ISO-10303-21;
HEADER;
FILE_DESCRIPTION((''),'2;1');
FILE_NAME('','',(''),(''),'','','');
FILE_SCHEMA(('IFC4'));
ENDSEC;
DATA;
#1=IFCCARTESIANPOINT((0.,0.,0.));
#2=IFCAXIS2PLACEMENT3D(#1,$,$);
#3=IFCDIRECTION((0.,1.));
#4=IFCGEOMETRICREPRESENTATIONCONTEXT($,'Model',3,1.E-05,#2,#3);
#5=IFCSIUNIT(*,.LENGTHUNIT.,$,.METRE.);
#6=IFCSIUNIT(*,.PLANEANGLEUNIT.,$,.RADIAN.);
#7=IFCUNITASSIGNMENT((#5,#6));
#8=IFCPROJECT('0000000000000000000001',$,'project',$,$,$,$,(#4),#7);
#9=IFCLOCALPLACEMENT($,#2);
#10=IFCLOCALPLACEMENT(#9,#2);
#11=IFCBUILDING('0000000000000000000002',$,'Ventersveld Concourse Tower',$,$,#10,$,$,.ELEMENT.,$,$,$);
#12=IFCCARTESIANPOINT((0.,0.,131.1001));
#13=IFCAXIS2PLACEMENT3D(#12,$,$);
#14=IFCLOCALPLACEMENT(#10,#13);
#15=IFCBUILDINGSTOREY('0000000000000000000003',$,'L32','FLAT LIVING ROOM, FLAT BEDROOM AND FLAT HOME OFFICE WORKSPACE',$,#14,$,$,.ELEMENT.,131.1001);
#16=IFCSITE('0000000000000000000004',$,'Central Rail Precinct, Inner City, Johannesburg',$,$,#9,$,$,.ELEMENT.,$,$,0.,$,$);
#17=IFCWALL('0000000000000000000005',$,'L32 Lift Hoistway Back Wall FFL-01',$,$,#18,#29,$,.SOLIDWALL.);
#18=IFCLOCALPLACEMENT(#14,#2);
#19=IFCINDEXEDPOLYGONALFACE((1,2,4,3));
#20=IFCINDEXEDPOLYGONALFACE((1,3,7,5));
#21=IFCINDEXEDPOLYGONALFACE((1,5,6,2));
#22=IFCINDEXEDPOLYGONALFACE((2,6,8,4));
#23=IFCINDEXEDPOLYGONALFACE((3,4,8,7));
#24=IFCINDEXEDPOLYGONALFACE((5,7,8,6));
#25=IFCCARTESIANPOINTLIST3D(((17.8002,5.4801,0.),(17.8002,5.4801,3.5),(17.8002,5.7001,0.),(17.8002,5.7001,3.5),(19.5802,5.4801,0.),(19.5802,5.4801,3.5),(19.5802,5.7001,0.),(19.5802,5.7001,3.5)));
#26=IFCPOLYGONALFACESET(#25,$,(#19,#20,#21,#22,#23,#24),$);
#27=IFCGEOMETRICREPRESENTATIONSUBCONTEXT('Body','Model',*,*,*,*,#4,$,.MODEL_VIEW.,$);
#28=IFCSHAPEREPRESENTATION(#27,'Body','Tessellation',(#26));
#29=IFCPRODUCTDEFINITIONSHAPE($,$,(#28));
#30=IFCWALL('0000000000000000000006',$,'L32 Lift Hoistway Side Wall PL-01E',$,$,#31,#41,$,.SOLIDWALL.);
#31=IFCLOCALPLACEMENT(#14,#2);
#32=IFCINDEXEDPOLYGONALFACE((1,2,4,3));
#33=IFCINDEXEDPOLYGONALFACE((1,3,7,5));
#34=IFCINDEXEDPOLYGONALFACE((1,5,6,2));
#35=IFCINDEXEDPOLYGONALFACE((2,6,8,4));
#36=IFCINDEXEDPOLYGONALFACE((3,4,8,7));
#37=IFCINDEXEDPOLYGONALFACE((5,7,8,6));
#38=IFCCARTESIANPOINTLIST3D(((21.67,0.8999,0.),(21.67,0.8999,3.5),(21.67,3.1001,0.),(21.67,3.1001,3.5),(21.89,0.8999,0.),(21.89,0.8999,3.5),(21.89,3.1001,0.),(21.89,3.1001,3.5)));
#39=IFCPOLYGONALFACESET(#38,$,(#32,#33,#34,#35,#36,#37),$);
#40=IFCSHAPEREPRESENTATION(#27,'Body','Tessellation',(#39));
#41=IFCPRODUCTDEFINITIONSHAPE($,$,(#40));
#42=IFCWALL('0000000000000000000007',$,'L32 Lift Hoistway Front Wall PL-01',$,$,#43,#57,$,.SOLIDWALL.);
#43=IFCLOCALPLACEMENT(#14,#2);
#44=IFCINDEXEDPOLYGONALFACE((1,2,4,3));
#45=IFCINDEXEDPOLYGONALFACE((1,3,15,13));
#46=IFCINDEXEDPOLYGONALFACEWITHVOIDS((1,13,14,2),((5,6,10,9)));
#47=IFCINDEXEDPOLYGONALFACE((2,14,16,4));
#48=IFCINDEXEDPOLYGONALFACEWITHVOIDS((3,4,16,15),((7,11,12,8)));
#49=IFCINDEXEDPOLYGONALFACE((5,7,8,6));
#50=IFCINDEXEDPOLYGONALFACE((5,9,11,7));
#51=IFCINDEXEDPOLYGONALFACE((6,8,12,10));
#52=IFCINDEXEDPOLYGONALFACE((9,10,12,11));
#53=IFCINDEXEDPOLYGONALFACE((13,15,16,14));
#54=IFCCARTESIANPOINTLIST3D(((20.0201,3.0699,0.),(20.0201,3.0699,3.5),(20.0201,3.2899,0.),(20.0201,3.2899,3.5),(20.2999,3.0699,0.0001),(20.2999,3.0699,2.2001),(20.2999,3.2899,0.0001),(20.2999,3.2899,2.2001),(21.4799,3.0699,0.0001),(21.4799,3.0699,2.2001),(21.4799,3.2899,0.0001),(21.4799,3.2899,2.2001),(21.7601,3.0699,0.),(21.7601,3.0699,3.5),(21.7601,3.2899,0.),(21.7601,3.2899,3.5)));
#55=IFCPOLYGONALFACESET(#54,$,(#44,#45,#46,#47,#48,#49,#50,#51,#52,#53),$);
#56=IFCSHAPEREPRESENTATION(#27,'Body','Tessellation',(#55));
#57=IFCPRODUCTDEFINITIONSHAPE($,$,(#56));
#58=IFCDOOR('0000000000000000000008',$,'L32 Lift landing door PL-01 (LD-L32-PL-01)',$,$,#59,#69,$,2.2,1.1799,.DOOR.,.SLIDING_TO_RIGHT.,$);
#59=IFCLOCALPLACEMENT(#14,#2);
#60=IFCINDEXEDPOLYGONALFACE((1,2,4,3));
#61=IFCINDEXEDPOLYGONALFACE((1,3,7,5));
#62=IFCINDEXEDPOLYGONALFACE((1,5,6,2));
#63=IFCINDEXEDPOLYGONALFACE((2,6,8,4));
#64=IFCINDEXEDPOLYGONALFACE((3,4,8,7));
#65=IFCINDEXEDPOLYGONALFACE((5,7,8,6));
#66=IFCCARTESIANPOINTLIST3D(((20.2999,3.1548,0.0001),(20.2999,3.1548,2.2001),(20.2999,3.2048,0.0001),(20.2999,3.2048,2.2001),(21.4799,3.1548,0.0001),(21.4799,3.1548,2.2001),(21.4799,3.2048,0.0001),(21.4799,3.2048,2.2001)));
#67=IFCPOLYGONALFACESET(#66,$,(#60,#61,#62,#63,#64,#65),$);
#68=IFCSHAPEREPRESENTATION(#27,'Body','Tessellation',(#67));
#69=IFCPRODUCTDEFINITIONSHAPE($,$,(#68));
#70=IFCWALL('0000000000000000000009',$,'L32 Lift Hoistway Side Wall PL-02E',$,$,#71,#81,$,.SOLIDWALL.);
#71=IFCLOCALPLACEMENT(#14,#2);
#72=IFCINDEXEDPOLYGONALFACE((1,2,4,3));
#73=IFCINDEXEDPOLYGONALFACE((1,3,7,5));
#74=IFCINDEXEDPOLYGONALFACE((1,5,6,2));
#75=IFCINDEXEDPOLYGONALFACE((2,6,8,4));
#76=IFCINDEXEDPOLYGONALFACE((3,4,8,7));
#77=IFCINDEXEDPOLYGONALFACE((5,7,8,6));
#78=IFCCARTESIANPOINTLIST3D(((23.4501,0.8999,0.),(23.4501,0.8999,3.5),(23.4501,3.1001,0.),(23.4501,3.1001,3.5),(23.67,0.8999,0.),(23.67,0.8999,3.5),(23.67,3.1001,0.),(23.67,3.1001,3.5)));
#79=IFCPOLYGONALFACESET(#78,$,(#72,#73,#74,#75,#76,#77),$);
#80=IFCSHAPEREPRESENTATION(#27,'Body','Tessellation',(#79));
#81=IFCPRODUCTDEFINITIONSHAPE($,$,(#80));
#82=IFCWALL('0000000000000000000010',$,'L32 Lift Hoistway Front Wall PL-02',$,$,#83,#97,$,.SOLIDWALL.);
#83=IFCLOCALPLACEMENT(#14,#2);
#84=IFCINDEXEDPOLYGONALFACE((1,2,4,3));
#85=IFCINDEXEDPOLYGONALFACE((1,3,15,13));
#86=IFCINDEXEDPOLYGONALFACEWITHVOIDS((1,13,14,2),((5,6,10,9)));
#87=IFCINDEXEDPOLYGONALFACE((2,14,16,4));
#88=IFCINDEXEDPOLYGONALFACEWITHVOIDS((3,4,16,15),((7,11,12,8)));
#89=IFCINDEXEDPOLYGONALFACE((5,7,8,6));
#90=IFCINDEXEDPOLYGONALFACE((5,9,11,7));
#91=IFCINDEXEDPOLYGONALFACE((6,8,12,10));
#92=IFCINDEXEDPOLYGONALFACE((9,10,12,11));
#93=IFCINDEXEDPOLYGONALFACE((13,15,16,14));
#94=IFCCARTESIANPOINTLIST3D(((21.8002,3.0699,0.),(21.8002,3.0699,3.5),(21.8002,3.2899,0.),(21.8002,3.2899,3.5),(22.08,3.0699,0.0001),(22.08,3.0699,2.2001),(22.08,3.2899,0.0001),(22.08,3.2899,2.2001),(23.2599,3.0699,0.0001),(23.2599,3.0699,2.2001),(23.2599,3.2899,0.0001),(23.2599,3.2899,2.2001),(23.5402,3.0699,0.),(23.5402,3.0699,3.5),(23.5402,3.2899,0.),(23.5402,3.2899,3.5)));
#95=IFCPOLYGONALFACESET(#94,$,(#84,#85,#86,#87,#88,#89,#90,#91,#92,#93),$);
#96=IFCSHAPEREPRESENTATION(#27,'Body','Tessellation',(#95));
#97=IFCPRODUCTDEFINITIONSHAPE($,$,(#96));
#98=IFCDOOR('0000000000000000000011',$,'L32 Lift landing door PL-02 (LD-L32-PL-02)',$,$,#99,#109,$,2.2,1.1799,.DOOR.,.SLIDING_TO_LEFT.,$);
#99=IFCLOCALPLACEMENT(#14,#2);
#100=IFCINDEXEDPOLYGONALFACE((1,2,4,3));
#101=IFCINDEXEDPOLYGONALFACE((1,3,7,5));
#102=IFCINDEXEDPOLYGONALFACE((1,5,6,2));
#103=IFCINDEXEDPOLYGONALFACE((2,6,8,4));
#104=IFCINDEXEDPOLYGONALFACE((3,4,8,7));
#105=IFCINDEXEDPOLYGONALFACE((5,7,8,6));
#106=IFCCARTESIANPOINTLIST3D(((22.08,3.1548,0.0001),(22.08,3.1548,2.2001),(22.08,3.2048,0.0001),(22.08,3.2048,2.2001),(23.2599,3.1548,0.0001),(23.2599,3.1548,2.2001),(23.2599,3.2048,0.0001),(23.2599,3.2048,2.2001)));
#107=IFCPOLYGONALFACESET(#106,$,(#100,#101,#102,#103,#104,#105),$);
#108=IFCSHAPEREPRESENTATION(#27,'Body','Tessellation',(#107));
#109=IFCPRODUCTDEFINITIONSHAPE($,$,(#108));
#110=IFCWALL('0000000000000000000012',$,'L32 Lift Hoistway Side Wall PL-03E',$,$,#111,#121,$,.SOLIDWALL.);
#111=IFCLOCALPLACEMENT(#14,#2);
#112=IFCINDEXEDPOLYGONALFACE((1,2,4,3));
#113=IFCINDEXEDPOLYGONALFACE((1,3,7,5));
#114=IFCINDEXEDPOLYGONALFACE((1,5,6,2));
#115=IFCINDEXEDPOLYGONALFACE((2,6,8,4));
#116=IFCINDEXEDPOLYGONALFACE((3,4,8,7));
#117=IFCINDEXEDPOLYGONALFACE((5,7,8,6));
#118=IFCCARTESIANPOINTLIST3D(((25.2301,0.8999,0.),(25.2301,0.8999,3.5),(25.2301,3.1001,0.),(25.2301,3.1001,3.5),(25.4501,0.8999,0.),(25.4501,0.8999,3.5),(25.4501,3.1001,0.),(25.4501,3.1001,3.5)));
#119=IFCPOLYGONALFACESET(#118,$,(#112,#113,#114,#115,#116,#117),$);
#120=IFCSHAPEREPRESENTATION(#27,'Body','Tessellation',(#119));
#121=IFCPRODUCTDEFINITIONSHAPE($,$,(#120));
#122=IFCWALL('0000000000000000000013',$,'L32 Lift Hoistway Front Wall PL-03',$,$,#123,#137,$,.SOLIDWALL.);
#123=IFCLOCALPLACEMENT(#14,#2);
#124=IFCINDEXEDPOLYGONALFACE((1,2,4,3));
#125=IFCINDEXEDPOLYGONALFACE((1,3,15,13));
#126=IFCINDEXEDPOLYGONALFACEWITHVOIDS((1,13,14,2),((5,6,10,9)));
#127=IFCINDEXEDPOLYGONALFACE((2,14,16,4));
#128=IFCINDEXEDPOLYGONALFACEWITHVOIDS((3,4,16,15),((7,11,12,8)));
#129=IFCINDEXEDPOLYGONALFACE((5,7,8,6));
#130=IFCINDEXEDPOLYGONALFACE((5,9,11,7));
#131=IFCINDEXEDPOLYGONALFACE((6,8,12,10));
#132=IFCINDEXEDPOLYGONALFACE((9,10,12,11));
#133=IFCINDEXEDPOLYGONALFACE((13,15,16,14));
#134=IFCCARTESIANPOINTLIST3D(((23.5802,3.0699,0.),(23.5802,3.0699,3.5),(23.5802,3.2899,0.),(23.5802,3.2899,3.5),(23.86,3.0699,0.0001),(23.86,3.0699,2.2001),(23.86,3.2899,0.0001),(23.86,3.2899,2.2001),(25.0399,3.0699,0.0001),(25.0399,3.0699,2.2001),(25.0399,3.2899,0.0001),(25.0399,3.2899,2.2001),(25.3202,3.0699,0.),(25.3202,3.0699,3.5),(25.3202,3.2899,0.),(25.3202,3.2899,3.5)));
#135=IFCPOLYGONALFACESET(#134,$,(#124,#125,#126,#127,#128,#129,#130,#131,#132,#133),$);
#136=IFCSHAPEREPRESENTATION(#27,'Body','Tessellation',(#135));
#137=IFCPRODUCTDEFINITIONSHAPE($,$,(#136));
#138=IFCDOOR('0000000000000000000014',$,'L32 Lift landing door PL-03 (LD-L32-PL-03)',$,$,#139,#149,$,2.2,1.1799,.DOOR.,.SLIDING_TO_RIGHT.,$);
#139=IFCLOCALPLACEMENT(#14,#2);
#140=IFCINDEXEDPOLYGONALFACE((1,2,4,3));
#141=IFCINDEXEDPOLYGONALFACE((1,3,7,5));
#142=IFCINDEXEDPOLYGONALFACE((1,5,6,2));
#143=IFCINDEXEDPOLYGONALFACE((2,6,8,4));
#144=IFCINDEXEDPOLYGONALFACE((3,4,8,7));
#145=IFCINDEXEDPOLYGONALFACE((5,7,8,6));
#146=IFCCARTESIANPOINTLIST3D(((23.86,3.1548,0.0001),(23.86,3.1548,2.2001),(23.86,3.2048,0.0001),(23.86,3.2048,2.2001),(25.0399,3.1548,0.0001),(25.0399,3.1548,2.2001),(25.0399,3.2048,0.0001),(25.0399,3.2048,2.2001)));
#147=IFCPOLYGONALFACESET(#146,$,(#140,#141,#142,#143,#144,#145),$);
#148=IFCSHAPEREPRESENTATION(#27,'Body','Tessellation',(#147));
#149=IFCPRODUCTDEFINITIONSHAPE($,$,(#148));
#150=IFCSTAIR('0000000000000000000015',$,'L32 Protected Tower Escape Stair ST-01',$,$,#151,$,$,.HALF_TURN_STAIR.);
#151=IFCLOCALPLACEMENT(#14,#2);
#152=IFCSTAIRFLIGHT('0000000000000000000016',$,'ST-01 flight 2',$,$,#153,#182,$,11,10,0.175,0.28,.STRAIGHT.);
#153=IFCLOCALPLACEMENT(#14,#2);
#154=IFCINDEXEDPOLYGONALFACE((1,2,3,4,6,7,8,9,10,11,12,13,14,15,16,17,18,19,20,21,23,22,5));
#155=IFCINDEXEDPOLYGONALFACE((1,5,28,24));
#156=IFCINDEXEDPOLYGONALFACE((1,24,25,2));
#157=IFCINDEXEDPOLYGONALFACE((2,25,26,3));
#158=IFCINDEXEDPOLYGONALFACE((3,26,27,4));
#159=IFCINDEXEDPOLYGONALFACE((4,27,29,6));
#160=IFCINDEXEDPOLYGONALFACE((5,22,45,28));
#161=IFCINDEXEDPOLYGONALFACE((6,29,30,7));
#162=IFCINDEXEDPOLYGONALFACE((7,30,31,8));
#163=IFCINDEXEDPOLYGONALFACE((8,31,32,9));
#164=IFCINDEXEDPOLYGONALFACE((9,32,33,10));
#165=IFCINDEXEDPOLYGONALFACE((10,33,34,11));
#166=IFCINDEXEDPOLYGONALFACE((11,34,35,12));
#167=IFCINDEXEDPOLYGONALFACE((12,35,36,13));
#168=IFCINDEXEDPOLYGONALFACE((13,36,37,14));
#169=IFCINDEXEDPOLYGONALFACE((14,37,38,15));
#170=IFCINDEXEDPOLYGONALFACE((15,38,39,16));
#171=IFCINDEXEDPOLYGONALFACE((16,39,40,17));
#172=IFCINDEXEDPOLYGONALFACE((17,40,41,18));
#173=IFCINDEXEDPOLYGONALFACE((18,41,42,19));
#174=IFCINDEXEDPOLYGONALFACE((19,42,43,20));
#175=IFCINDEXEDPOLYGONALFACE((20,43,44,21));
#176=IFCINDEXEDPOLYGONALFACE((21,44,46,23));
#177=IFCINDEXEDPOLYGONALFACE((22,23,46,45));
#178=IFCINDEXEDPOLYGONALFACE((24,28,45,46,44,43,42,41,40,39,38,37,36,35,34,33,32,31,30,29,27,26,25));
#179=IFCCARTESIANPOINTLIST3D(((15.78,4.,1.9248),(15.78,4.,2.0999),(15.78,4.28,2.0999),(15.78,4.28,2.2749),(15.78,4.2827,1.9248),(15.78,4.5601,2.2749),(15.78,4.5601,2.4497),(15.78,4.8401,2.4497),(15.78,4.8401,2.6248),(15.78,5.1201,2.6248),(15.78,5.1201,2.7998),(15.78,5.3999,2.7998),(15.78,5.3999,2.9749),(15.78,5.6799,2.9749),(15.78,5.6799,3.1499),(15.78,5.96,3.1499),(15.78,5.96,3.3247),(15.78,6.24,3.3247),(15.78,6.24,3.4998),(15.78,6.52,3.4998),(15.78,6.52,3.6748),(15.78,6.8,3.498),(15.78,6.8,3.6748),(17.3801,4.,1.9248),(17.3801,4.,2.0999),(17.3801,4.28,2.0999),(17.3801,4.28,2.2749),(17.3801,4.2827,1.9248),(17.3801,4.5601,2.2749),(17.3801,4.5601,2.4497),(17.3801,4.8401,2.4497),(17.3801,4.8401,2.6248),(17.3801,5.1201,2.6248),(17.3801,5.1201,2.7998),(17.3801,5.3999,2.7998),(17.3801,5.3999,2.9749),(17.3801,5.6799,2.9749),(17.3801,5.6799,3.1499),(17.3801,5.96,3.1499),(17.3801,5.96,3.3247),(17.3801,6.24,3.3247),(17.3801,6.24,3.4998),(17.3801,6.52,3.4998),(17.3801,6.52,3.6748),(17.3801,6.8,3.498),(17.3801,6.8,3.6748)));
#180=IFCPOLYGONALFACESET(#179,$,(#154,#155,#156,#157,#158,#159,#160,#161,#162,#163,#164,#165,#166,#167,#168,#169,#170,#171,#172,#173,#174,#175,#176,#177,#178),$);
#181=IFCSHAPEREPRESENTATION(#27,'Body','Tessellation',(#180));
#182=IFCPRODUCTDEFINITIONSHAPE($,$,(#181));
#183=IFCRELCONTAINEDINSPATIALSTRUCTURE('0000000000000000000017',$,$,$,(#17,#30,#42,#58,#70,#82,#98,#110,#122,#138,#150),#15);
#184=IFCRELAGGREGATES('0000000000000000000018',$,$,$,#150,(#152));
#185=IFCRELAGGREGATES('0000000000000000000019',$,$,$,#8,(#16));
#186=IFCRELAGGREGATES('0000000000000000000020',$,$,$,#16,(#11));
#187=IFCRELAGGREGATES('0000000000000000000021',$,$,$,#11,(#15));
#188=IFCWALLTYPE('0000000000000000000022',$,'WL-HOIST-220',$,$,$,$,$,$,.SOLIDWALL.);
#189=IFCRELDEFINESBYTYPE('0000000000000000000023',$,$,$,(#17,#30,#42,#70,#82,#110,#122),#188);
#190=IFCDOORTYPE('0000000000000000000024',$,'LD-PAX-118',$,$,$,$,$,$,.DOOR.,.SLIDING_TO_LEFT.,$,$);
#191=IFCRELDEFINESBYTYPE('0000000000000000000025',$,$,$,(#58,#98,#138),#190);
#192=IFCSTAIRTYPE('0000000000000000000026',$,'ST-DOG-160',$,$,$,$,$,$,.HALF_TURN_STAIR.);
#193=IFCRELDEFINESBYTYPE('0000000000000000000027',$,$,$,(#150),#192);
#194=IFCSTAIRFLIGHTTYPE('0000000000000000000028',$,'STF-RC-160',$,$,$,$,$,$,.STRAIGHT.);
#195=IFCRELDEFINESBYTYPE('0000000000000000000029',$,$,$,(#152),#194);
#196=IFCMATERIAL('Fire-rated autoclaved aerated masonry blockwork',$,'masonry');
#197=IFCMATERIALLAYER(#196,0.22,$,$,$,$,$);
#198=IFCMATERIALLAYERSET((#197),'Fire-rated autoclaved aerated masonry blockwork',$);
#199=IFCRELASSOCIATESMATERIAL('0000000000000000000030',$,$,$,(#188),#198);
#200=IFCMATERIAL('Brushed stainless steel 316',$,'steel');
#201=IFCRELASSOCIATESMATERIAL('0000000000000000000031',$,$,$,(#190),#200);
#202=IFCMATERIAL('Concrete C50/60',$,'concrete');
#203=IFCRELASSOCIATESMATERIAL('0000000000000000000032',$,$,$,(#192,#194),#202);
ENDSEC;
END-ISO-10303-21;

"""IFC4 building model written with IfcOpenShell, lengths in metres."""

from ifc_helpers import new_model, si_unit, direction, frame, frame_2d, origin, place, context, subcontext, project, spatial, polyline, rectangle, outline, extrude, material, layer, layer_set, type_object, element, fill, aggregate, save


model = new_model("IFC4")

# Units and contexts
model_context = context("Model", 3, precision=1e-05, world=origin(), true_north=direction((0.0, 1.0)))
body_context = subcontext(model_context, "Body", "Model", "MODEL_VIEW")
ifc_project = project(units=[si_unit("LENGTHUNIT", "METRE"), si_unit("PLANEANGLEUNIT", "RADIAN")], contexts=[model_context])

# Site, building, storey
site_placement = place(None, origin())
site = spatial("IfcSite", under=ifc_project, at=site_placement, Name="Central Rail Precinct, Inner City, Johannesburg", CompositionType="ELEMENT", RefElevation=0.0)
building_placement = place(site_placement, origin())
building = spatial("IfcBuilding", under=site, at=building_placement, Name="Ventersveld Concourse Tower", CompositionType="ELEMENT")
storey_placement = place(building_placement, frame((0.0, 0.0, 131.1001)))
storey = spatial("IfcBuildingStorey", under=building, at=storey_placement, Name="L32", Description="FLAT LIVING ROOM, FLAT BEDROOM AND FLAT HOME OFFICE WORKSPACE", CompositionType="ELEMENT", Elevation=131.1001)

# Shared definitions
ifc_material_1 = material(Name="Concrete C50/60", Category="concrete")

# Walls
ifc_material_2 = material(Name="Fire-rated autoclaved aerated masonry blockwork", Category="masonry")
ifc_layer_1 = layer(ifc_material_2, 0.22)
ifc_layer_set_1 = layer_set([ifc_layer_1], Name="Fire-rated autoclaved aerated masonry blockwork")
wall_type_1 = type_object("IfcWallType", Name="WL-HOIST-220", PredefinedType="SOLIDWALL", material=ifc_layer_set_1)
wall_1_placement = place(storey_placement, frame((17.8, 5.5901, 0.0), z_axis=(0.0, 0.0, 1.0), x_axis=(1.0, 0.0, 0.0)))
element("IfcWall", 1, at=wall_1_placement, inside=storey, type_object=wall_type_1, Name="L32 Lift Hoistway Back Wall FFL-01", PredefinedType="SOLIDWALL", context=body_context, shape_type="SweptSolid", body=[
    extrude(rectangle(XDim=1.78, YDim=0.22, at=frame_2d((0.8901, 0.0))), origin(), (0.0, 0.0, 1.0), 3.5),
])
wall_2_placement = place(storey_placement, frame((21.78, 0.8999, 0.0), z_axis=(0.0, 0.0, 1.0), x_axis=(0.0, 1.0, 0.0)))
element("IfcWall", 2, at=wall_2_placement, inside=storey, type_object=wall_type_1, Name="L32 Lift Hoistway Side Wall PL-01E", PredefinedType="SOLIDWALL", context=body_context, shape_type="SweptSolid", body=[
    extrude(rectangle(XDim=2.2002, YDim=0.22, at=frame_2d((1.1001, 0.0))), origin(), (0.0, 0.0, 1.0), 3.5),
])

# Wall, opening, door
wall_3_placement = place(storey_placement, frame((20.02, 3.1799, 0.0), z_axis=(0.0, 0.0, 1.0), x_axis=(1.0, 0.0, 0.0)))
wall_3 = element("IfcWall", 3, at=wall_3_placement, inside=storey, type_object=wall_type_1, Name="L32 Lift Hoistway Front Wall PL-01", PredefinedType="SOLIDWALL", context=body_context, shape_type="SweptSolid", body=[
    extrude(rectangle(XDim=1.74, YDim=0.22, at=frame_2d((0.8701, 0.0))), origin(), (0.0, 0.0, 1.0), 3.5),
])
opening_1_placement = place(wall_3_placement, frame((0.28, 0.0, 0.0)))
opening_1 = element("IfcOpeningElement", 4, at=opening_1_placement, cuts=wall_3, PredefinedType="OPENING", context=body_context, shape_type="SweptSolid", body=[
    extrude(rectangle(XDim=1.1799, YDim=2.2, at=frame_2d((0.5898, 1.1001))), frame((0.0, 0.1201, 0.0), z_axis=(0.0, -1.0, 0.0), x_axis=(1.0, 0.0, 0.0)), (0.0, 0.0, 1.0), 0.24),
])
ifc_material_3 = material(Name="Brushed stainless steel 316", Category="steel")
door_type = type_object("IfcDoorType", Name="LD-PAX-118", OperationType="SLIDING_TO_LEFT", PredefinedType="DOOR", material=ifc_material_3)
door_1_placement = place(opening_1_placement, origin())
door_1 = element("IfcDoor", 5, at=door_1_placement, inside=storey, type_object=door_type, Name="L32 Lift landing door PL-01 (LD-L32-PL-01)", OperationType="SLIDING_TO_RIGHT", OverallHeight=2.2, OverallWidth=1.1799, PredefinedType="DOOR", context=body_context, shape_type="SweptSolid", body=[
    extrude(rectangle(XDim=1.1799, YDim=2.2, at=frame_2d((0.5898, 1.1001))), frame((0.0, 0.0249, 0.0), z_axis=(0.0, -1.0, 0.0), x_axis=(1.0, 0.0, 0.0)), (0.0, 0.0, 1.0), 0.05),
])
fill(opening_1, door_1)

# Wall
wall_4_placement = place(storey_placement, frame((23.5601, 0.8999, 0.0), z_axis=(0.0, 0.0, 1.0), x_axis=(0.0, 1.0, 0.0)))
element("IfcWall", 6, at=wall_4_placement, inside=storey, type_object=wall_type_1, Name="L32 Lift Hoistway Side Wall PL-02E", PredefinedType="SOLIDWALL", context=body_context, shape_type="SweptSolid", body=[
    extrude(rectangle(XDim=2.2002, YDim=0.22, at=frame_2d((1.1001, 0.0))), origin(), (0.0, 0.0, 1.0), 3.5),
])

# Wall, opening, door
wall_5_placement = place(storey_placement, frame((21.8, 3.1799, 0.0), z_axis=(0.0, 0.0, 1.0), x_axis=(1.0, 0.0, 0.0)))
wall_5 = element("IfcWall", 7, at=wall_5_placement, inside=storey, type_object=wall_type_1, Name="L32 Lift Hoistway Front Wall PL-02", PredefinedType="SOLIDWALL", context=body_context, shape_type="SweptSolid", body=[
    extrude(rectangle(XDim=1.74, YDim=0.22, at=frame_2d((0.8701, 0.0))), origin(), (0.0, 0.0, 1.0), 3.5),
])
opening_2_placement = place(wall_5_placement, frame((0.28, 0.0, 0.0)))
opening_2 = element("IfcOpeningElement", 8, at=opening_2_placement, cuts=wall_5, PredefinedType="OPENING", context=body_context, shape_type="SweptSolid", body=[
    extrude(rectangle(XDim=1.1799, YDim=2.2, at=frame_2d((0.5898, 1.1001))), frame((0.0, 0.1201, 0.0), z_axis=(0.0, -1.0, 0.0), x_axis=(1.0, 0.0, 0.0)), (0.0, 0.0, 1.0), 0.24),
])
door_2_placement = place(opening_2_placement, origin())
door_2 = element("IfcDoor", 9, at=door_2_placement, inside=storey, type_object=door_type, Name="L32 Lift landing door PL-02 (LD-L32-PL-02)", OperationType="SLIDING_TO_LEFT", OverallHeight=2.2, OverallWidth=1.1799, PredefinedType="DOOR", context=body_context, shape_type="SweptSolid", body=[
    extrude(rectangle(XDim=1.1799, YDim=2.2, at=frame_2d((0.5898, 1.1001))), frame((0.0, 0.0249, 0.0), z_axis=(0.0, -1.0, 0.0), x_axis=(1.0, 0.0, 0.0)), (0.0, 0.0, 1.0), 0.05),
])
fill(opening_2, door_2)

# Wall
wall_6_placement = place(storey_placement, frame((25.3401, 0.8999, 0.0), z_axis=(0.0, 0.0, 1.0), x_axis=(0.0, 1.0, 0.0)))
element("IfcWall", 10, at=wall_6_placement, inside=storey, type_object=wall_type_1, Name="L32 Lift Hoistway Side Wall PL-03E", PredefinedType="SOLIDWALL", context=body_context, shape_type="SweptSolid", body=[
    extrude(rectangle(XDim=2.2002, YDim=0.22, at=frame_2d((1.1001, 0.0))), origin(), (0.0, 0.0, 1.0), 3.5),
])

# Wall, opening, door
wall_7_placement = place(storey_placement, frame((23.5801, 3.1799, 0.0), z_axis=(0.0, 0.0, 1.0), x_axis=(1.0, 0.0, 0.0)))
wall_7 = element("IfcWall", 11, at=wall_7_placement, inside=storey, type_object=wall_type_1, Name="L32 Lift Hoistway Front Wall PL-03", PredefinedType="SOLIDWALL", context=body_context, shape_type="SweptSolid", body=[
    extrude(rectangle(XDim=1.74, YDim=0.22, at=frame_2d((0.8701, 0.0))), origin(), (0.0, 0.0, 1.0), 3.5),
])
opening_3_placement = place(wall_7_placement, frame((0.28, 0.0, 0.0)))
opening_3 = element("IfcOpeningElement", 12, at=opening_3_placement, cuts=wall_7, PredefinedType="OPENING", context=body_context, shape_type="SweptSolid", body=[
    extrude(rectangle(XDim=1.1799, YDim=2.2, at=frame_2d((0.5898, 1.1001))), frame((0.0, 0.1201, 0.0), z_axis=(0.0, -1.0, 0.0), x_axis=(1.0, 0.0, 0.0)), (0.0, 0.0, 1.0), 0.24),
])
door_3_placement = place(opening_3_placement, origin())
door_3 = element("IfcDoor", 13, at=door_3_placement, inside=storey, type_object=door_type, Name="L32 Lift landing door PL-03 (LD-L32-PL-03)", OperationType="SLIDING_TO_RIGHT", OverallHeight=2.2, OverallWidth=1.1799, PredefinedType="DOOR", context=body_context, shape_type="SweptSolid", body=[
    extrude(rectangle(XDim=1.1799, YDim=2.2, at=frame_2d((0.5898, 1.1001))), frame((0.0, 0.0249, 0.0), z_axis=(0.0, -1.0, 0.0), x_axis=(1.0, 0.0, 0.0)), (0.0, 0.0, 1.0), 0.05),
])
fill(opening_3, door_3)

# Stair, stair flight
stair_type = type_object("IfcStairType", Name="ST-DOG-160", PredefinedType="HALF_TURN_STAIR", material=ifc_material_1)
stair_placement = place(storey_placement, origin())
stair = element("IfcStair", 14, at=stair_placement, inside=storey, type_object=stair_type, Name="L32 Protected Tower Escape Stair ST-01", PredefinedType="HALF_TURN_STAIR")
stair_flight_type = type_object("IfcStairFlightType", Name="STF-RC-160", PredefinedType="STRAIGHT", material=ifc_material_1)
stair_flight_placement = place(storey_placement, frame((16.5801, 4.0, 1.9248), z_axis=(0.0, 0.0, 1.0), x_axis=(0.0, 1.0, 0.0)))
stair_flight = element("IfcStairFlight", 15, at=stair_flight_placement, type_object=stair_flight_type, Name="ST-01 flight 2", NumberOfRisers=11, NumberOfTreads=10, PredefinedType="STRAIGHT", RiserHeight=0.175, TreadLength=0.28, context=body_context, shape_type="SweptSolid", body=[
    extrude(outline(polyline([(0.0, 0.0), (0.0, 0.175), (0.28, 0.175), (0.28, 0.3501), (0.5601, 0.3501), (0.5601, 0.5249), (0.8401, 0.5249), (0.8401, 0.7), (1.1201, 0.7), (1.1201, 0.875), (1.3999, 0.875), (1.3999, 1.05), (1.6799, 1.05), (1.6799, 1.2251), (1.96, 1.2251), (1.96, 1.3999), (2.24, 1.3999), (2.24, 1.575), (2.52, 1.575), (2.52, 1.75), (2.8, 1.75), (2.8, 1.925), (2.8, 1.5732), (0.2827, 0.0), (0.0, 0.0)])), frame((0.0, 0.8, 0.0), z_axis=(0.0, -1.0, 0.0), x_axis=(1.0, 0.0, 0.0)), (0.0, 0.0, 1.0), 1.6001),
])
aggregate(stair, [stair_flight])

save(model, "model.ifc")
